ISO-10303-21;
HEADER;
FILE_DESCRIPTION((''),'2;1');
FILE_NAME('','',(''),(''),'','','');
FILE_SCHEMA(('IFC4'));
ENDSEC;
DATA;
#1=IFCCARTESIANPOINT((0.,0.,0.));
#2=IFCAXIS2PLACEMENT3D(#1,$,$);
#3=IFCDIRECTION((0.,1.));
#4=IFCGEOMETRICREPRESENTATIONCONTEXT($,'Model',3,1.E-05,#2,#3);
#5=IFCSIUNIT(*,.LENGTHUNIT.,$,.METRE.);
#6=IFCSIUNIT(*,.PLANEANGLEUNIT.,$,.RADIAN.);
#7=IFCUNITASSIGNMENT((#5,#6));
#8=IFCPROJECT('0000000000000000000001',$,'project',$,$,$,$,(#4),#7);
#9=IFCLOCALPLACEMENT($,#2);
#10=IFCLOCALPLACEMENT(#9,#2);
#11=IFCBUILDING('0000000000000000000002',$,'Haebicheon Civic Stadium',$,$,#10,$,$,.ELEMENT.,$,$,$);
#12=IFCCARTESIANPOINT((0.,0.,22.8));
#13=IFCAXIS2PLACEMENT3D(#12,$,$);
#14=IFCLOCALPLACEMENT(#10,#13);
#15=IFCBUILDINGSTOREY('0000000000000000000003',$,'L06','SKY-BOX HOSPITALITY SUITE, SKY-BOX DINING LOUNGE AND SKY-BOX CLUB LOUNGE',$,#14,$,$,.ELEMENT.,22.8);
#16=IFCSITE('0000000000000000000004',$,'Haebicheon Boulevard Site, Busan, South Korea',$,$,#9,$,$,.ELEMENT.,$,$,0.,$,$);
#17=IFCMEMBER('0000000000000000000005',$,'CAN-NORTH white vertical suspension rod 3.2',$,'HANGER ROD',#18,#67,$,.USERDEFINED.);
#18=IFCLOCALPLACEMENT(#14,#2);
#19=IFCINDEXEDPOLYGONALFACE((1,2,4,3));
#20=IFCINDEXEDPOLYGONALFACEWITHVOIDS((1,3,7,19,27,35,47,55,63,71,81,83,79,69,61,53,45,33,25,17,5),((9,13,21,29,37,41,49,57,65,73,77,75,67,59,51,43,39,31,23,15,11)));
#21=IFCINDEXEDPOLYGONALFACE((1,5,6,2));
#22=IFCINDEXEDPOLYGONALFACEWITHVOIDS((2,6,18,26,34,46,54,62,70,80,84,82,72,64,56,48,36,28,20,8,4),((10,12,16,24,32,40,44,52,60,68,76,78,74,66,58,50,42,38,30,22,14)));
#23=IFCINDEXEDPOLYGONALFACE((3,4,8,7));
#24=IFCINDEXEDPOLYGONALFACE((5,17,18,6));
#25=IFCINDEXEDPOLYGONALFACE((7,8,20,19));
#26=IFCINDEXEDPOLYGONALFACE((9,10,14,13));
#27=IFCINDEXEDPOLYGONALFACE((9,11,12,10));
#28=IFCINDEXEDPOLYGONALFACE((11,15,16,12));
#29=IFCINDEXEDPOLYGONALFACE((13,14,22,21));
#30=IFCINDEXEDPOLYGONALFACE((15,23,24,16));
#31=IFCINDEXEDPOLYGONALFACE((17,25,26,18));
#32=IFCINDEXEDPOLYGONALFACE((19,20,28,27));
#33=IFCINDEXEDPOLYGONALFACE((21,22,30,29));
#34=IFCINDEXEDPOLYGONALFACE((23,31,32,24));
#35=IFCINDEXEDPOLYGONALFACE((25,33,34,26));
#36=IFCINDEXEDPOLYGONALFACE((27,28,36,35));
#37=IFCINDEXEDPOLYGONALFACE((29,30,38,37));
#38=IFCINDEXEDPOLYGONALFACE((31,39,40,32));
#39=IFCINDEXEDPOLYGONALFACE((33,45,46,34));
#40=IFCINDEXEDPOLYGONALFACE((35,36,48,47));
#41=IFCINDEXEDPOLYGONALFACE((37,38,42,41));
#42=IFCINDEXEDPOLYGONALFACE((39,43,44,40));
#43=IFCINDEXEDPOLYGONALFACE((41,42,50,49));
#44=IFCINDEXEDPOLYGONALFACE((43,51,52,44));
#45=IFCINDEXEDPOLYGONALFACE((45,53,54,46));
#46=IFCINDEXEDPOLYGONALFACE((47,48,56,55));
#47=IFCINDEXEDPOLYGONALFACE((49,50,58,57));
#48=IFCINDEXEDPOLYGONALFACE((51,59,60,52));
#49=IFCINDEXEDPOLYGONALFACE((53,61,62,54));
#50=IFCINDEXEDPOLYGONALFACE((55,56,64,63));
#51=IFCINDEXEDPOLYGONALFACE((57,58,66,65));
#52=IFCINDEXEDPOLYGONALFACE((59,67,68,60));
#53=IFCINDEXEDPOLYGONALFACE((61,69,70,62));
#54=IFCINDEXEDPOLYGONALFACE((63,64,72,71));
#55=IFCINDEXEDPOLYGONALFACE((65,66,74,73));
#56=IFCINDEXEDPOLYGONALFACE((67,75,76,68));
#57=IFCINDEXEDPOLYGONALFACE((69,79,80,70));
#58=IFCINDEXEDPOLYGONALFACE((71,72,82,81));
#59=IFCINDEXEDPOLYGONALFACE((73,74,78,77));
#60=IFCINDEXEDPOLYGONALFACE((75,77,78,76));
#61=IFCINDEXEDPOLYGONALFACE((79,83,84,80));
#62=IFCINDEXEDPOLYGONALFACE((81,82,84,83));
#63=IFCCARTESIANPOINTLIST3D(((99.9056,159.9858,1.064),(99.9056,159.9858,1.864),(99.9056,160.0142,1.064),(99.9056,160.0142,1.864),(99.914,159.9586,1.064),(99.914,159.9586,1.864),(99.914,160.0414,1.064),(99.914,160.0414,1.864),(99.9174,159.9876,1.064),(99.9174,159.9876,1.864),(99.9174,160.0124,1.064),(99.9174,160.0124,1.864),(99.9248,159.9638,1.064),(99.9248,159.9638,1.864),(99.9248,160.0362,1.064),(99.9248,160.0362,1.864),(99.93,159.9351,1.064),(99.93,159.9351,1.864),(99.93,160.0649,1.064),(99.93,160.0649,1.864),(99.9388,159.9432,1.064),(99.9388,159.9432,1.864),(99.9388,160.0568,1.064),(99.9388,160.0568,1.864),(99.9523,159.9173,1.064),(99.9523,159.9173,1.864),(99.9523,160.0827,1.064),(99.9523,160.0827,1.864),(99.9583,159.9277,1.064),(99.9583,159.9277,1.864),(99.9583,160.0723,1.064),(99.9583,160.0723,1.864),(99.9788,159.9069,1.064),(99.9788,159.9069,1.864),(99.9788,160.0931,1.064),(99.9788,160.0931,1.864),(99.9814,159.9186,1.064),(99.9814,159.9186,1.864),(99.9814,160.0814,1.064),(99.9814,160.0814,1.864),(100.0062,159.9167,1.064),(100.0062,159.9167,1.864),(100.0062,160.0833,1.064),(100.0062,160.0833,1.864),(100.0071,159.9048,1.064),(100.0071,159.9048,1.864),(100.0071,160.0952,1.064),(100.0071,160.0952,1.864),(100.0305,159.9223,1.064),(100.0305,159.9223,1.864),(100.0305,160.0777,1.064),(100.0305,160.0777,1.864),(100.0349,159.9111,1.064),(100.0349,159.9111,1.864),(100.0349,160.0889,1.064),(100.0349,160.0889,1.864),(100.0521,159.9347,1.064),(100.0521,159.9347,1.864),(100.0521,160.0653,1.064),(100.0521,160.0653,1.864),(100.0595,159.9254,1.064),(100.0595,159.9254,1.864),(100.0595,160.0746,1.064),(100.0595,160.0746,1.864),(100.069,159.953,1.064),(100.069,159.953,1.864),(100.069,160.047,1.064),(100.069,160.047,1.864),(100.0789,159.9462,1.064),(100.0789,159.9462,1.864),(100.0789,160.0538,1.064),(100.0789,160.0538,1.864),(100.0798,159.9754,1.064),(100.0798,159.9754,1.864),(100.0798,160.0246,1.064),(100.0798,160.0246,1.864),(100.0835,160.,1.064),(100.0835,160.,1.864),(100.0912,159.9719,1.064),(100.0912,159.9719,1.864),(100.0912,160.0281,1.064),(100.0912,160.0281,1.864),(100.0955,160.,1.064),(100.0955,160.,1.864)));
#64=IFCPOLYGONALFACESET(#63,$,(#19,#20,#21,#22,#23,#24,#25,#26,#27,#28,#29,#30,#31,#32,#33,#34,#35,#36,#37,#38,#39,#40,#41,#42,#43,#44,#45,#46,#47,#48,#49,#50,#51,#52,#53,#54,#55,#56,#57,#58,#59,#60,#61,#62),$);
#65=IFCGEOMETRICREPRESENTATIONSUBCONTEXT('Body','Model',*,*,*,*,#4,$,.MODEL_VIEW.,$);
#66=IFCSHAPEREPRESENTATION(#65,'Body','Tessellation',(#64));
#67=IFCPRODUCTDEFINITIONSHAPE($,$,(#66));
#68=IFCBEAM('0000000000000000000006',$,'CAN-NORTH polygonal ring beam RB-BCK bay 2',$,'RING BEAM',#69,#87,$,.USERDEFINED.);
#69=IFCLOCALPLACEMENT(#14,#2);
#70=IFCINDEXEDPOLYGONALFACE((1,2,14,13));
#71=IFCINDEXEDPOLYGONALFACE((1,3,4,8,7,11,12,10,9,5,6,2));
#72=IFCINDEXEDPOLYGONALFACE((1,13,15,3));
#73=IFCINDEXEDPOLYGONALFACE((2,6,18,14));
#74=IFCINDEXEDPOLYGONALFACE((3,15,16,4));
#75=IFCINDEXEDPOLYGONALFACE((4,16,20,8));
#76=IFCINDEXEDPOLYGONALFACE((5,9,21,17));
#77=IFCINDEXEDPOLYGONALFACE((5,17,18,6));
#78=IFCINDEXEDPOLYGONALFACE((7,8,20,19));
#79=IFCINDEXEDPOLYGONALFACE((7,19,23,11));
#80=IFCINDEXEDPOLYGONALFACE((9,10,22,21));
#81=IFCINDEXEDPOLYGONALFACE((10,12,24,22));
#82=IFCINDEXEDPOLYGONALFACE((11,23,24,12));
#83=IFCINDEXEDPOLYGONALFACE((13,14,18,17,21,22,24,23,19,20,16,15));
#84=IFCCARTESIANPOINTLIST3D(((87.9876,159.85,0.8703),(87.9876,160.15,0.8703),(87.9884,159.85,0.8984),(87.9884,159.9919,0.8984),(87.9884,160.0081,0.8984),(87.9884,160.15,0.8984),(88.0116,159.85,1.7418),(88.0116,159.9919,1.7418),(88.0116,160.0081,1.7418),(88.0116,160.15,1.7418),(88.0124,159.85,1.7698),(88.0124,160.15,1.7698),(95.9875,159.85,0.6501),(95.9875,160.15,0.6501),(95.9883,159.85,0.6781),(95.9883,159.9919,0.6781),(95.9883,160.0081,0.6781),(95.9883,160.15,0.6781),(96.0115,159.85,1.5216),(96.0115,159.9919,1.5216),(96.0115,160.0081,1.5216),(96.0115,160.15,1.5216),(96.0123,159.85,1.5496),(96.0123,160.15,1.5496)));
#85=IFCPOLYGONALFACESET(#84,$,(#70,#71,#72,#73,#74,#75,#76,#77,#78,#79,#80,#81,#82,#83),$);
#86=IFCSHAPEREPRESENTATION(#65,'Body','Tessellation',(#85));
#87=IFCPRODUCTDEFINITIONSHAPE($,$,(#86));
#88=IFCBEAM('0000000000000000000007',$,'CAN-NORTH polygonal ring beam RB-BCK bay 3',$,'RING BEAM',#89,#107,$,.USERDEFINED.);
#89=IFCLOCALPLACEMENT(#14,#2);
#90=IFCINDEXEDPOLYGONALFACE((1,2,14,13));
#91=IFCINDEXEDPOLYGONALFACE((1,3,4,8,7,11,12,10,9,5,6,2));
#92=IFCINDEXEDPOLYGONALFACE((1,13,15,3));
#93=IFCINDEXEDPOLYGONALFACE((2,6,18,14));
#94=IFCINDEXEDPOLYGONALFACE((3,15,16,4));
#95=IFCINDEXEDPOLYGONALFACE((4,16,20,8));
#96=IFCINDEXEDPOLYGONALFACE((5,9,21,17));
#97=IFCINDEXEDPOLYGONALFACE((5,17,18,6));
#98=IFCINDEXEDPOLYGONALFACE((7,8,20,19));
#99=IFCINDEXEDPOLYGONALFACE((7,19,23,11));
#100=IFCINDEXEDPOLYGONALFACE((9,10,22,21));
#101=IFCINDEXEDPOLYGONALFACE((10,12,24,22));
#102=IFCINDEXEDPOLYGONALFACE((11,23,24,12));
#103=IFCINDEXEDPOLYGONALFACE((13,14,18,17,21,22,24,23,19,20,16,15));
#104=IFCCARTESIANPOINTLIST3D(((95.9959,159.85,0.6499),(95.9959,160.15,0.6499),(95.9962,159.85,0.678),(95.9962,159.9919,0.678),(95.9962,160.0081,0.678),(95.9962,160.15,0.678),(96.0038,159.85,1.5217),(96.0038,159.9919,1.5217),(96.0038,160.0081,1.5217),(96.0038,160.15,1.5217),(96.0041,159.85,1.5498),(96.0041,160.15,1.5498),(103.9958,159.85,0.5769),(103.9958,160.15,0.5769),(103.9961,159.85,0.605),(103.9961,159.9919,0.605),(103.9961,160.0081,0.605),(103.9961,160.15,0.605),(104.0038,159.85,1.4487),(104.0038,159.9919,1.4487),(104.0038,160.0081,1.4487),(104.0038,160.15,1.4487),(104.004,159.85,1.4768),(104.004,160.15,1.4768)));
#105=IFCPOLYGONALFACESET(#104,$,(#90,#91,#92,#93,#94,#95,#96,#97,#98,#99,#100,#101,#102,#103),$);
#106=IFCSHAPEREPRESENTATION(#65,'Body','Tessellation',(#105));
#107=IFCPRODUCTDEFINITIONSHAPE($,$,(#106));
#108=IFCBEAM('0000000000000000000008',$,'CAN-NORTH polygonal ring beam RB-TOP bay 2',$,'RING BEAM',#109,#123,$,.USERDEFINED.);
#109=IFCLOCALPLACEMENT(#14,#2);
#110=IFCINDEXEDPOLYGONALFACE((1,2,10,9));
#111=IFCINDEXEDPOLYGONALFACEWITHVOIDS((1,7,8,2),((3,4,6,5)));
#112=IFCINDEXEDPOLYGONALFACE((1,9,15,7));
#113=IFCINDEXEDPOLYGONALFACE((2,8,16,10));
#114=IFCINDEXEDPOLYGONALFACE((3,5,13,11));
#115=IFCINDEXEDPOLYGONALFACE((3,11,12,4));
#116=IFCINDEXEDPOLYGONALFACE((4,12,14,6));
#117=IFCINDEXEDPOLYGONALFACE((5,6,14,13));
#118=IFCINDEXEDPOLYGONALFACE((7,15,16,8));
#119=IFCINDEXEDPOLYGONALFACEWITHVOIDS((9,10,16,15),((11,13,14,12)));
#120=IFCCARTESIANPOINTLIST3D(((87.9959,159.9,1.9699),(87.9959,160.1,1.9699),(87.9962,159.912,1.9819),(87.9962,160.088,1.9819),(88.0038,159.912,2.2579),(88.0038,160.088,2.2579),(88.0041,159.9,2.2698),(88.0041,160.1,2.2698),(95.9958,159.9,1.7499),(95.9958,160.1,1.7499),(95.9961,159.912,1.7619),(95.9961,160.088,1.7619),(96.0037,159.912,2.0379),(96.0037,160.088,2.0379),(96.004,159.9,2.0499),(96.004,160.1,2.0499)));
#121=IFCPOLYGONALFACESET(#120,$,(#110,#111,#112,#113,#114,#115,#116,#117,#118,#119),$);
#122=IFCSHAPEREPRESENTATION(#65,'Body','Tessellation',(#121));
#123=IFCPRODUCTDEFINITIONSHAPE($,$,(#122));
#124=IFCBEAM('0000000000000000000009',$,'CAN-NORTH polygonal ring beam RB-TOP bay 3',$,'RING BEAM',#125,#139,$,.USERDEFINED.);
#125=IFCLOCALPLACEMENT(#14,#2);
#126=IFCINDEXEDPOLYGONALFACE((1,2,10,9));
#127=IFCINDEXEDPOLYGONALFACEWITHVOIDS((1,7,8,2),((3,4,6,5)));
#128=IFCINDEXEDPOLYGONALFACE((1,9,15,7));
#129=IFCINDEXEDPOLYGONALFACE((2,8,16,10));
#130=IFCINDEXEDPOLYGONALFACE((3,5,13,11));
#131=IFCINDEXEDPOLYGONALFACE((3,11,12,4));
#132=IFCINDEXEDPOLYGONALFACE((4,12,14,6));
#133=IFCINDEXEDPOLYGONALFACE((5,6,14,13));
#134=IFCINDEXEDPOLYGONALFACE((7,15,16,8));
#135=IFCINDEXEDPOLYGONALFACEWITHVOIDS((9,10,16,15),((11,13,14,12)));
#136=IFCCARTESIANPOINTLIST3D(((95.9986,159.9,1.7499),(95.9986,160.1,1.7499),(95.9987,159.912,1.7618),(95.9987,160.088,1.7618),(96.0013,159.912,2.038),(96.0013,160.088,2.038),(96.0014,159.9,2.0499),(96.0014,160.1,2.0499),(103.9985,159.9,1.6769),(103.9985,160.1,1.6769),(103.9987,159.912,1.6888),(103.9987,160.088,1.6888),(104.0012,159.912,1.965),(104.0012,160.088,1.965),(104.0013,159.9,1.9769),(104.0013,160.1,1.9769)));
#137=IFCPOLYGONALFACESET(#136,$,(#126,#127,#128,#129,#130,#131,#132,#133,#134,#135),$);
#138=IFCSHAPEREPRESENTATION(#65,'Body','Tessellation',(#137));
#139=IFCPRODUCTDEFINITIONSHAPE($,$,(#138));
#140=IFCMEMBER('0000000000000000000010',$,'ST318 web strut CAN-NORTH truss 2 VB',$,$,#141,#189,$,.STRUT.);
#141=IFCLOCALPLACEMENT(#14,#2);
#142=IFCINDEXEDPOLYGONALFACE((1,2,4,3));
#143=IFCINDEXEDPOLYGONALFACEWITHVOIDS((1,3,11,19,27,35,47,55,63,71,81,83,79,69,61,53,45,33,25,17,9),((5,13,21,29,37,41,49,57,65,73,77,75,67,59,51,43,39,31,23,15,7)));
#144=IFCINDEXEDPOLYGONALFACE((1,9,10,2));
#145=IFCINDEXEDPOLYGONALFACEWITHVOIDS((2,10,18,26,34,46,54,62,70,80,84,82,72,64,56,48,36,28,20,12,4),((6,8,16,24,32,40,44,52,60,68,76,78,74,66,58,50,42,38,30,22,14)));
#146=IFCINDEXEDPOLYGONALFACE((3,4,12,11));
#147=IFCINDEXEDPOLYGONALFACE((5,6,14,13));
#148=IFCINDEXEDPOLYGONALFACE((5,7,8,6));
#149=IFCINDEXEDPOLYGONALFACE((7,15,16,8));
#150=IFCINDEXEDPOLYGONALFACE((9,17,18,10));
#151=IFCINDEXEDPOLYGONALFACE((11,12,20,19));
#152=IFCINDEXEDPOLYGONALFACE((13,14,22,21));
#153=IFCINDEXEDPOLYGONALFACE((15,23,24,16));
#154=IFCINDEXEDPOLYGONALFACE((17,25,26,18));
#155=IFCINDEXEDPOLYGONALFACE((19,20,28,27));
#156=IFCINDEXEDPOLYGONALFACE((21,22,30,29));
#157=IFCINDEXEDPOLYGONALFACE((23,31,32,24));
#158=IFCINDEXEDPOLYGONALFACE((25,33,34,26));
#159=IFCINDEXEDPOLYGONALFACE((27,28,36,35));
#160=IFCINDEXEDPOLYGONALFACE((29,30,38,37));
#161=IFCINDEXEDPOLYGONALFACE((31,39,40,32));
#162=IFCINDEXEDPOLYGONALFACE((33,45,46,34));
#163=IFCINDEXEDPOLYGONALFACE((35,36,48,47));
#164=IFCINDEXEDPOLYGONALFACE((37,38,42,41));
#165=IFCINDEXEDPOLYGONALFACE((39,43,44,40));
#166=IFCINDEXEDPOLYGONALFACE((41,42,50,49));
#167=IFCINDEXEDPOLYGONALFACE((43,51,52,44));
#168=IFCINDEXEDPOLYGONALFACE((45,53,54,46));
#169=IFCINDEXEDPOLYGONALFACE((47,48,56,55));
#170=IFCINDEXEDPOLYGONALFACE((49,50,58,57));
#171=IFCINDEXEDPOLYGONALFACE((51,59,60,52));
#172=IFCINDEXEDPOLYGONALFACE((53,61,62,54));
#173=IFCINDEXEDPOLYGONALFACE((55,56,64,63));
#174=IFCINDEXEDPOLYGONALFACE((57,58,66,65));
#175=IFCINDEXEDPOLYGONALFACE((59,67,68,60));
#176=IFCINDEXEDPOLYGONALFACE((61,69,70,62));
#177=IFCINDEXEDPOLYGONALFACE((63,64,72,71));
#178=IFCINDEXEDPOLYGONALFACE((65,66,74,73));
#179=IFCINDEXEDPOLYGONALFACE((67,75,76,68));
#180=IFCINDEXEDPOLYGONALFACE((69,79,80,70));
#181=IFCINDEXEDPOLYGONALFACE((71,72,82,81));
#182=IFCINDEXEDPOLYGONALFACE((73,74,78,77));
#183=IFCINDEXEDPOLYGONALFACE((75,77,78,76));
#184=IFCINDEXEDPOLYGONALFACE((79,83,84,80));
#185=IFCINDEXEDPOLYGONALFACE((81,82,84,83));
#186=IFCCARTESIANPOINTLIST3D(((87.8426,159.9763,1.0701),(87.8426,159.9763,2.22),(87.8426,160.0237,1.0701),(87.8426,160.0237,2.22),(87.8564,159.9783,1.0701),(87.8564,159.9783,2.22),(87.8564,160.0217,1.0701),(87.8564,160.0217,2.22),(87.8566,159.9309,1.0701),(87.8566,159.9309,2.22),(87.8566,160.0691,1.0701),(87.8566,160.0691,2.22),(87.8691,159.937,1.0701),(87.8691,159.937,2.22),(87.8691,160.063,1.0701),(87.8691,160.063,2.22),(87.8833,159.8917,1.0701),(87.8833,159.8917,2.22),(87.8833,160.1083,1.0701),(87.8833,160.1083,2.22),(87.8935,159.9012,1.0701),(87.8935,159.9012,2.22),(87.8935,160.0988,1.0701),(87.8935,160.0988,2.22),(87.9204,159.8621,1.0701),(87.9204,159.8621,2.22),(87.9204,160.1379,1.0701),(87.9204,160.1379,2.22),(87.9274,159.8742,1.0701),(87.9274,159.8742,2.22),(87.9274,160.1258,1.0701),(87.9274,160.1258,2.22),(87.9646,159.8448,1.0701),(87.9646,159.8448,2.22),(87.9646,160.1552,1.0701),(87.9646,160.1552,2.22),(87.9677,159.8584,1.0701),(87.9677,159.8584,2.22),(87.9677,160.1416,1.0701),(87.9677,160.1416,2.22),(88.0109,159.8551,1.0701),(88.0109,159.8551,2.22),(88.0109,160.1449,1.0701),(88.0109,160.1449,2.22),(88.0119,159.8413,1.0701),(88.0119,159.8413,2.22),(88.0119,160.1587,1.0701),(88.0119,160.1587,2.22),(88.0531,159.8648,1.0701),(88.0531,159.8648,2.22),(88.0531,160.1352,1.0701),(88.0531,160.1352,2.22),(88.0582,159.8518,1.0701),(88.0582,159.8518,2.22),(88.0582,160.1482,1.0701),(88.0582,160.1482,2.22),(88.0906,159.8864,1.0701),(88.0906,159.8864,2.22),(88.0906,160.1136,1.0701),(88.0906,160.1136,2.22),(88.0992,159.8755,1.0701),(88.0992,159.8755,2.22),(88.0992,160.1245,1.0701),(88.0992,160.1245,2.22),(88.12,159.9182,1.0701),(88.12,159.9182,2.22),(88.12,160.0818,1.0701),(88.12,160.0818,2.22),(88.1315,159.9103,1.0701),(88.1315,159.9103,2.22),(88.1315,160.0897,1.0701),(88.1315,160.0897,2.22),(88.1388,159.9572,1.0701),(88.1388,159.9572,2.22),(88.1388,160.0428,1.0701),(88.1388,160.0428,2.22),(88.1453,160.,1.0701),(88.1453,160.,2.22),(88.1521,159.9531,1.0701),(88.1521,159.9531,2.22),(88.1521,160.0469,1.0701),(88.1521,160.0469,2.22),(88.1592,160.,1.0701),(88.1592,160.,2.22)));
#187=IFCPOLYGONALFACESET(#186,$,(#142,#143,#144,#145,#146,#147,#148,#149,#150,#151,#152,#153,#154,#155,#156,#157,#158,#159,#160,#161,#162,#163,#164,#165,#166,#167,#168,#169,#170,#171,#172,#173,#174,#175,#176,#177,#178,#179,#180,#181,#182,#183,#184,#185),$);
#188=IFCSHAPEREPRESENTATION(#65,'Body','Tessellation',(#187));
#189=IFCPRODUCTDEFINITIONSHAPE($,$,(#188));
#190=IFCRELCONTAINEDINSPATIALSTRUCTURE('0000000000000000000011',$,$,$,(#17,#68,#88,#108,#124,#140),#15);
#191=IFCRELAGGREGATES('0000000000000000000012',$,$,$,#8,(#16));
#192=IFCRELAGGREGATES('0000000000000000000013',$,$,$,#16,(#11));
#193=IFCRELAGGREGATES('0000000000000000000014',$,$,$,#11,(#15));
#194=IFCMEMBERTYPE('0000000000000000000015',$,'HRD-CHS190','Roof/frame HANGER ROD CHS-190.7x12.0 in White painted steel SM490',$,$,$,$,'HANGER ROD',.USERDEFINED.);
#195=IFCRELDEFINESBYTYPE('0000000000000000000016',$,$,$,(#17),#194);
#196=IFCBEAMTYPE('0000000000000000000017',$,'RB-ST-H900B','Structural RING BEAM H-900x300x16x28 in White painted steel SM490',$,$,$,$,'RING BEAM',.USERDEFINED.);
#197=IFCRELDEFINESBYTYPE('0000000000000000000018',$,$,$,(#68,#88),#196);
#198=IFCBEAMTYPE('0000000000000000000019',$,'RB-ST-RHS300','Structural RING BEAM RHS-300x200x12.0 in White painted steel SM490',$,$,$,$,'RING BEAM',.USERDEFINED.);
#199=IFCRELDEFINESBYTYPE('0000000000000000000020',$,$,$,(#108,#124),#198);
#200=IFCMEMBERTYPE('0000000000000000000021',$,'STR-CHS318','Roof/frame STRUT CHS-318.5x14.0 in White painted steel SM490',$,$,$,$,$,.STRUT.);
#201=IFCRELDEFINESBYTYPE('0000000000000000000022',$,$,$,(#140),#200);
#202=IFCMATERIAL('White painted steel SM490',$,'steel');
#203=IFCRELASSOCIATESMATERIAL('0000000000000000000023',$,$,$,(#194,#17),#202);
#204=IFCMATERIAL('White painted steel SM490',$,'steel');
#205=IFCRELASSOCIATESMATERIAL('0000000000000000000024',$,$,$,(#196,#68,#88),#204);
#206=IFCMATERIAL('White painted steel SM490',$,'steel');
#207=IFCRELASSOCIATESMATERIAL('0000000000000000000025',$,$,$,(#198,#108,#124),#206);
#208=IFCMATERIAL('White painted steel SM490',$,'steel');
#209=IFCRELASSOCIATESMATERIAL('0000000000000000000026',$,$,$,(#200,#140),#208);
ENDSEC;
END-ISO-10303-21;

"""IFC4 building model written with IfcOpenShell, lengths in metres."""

from ifc_helpers import new_model, si_unit, direction, frame, origin, origin_2d, place, context, subcontext, project, spatial, hollow_rectangle, hollow_circle, i_section, extrude, material, material_profile, profile_set, type_object, element, save


model = new_model("IFC4")

# Units and contexts
model_context = context("Model", 3, precision=1e-05, world=origin(), true_north=direction((0.0, 1.0)))
body_context = subcontext(model_context, "Body", "Model", "MODEL_VIEW")
ifc_project = project(units=[si_unit("LENGTHUNIT", "METRE"), si_unit("PLANEANGLEUNIT", "RADIAN")], contexts=[model_context])

# Site, building, storey
site_placement = place(None, origin())
site = spatial("IfcSite", under=ifc_project, at=site_placement, Name="Haebicheon Boulevard Site, Busan, South Korea", CompositionType="ELEMENT", RefElevation=0.0)
building_placement = place(site_placement, origin())
building = spatial("IfcBuilding", under=site, at=building_placement, Name="Haebicheon Civic Stadium", CompositionType="ELEMENT")
storey_placement = place(building_placement, frame((0.0, 0.0, 22.8)))
storey = spatial("IfcBuildingStorey", under=building, at=storey_placement, Name="L06", Description="SKY-BOX HOSPITALITY SUITE, SKY-BOX DINING LOUNGE AND SKY-BOX CLUB LOUNGE", CompositionType="ELEMENT", Elevation=22.8)

# Member
ifc_material_1 = material(Name="White painted steel SM490", Category="steel")
ifc_material_profile_1 = material_profile(ifc_material_1, hollow_circle(Radius=0.0955, WallThickness=0.012, at=origin_2d()), Name="CHS-190.7x12.0")
ifc_profile_set_1 = profile_set([ifc_material_profile_1], Name="White painted steel SM490")
member_type_1 = type_object("IfcMemberType", Name="HRD-CHS190", Description="Roof/frame HANGER ROD CHS-190.7x12.0 in White painted steel SM490", ElementType="HANGER ROD", PredefinedType="USERDEFINED", material=ifc_profile_set_1)
member_1_placement = place(storey_placement, frame((100.0, 160.0, 1.064), z_axis=(0.0, 0.0, 1.0), x_axis=(1.0, 0.0, 0.0)))
element("IfcMember", 1, at=member_1_placement, inside=storey, type_object=member_type_1, material=ifc_profile_set_1, Name="CAN-NORTH white vertical suspension rod 3.2", ObjectType="HANGER ROD", PredefinedType="USERDEFINED", context=body_context, shape_type="SweptSolid", body=[
    extrude(hollow_circle(Radius=0.0955, WallThickness=0.012, at=origin_2d()), origin(), (0.0, 0.0, 1.0), 0.8),
])

# Beams
ifc_material_2 = material(Name="White painted steel SM490", Category="steel")
ifc_material_profile_2 = material_profile(ifc_material_2, i_section(OverallWidth=0.3, OverallDepth=0.8999, WebThickness=0.0161, FlangeThickness=0.0281, at=origin_2d()), Name="H-900x300x16x28")
ifc_profile_set_2 = profile_set([ifc_material_profile_2], Name="White painted steel SM490")
beam_type_1 = type_object("IfcBeamType", Name="RB-ST-H900B", Description="Structural RING BEAM H-900x300x16x28 in White painted steel SM490", ElementType="RING BEAM", PredefinedType="USERDEFINED", material=ifc_profile_set_2)
beam_1_placement = place(storey_placement, frame((88.0, 160.0, 1.3201), z_axis=(0.999621, 0.0, -0.027516), x_axis=(0.0, 1.0, 0.0)))
element("IfcBeam", 2, at=beam_1_placement, inside=storey, type_object=beam_type_1, material=ifc_profile_set_2, Name="CAN-NORTH polygonal ring beam RB-BCK bay 2", ObjectType="RING BEAM", PredefinedType="USERDEFINED", context=body_context, shape_type="SweptSolid", body=[
    extrude(i_section(OverallWidth=0.3, OverallDepth=0.8999, WebThickness=0.0161, FlangeThickness=0.0281, at=origin_2d()), origin(), (0.0, 0.0, 1.0), 8.0029),
])
beam_2_placement = place(storey_placement, frame((96.0, 160.0, 1.0999), z_axis=(0.999958, 0.0, -0.009124), x_axis=(0.0, 1.0, 0.0)))
element("IfcBeam", 3, at=beam_2_placement, inside=storey, type_object=beam_type_1, material=ifc_profile_set_2, Name="CAN-NORTH polygonal ring beam RB-BCK bay 3", ObjectType="RING BEAM", PredefinedType="USERDEFINED", context=body_context, shape_type="SweptSolid", body=[
    extrude(i_section(OverallWidth=0.3, OverallDepth=0.8999, WebThickness=0.0161, FlangeThickness=0.0281, at=origin_2d()), origin(), (0.0, 0.0, 1.0), 8.0002),
])
ifc_material_3 = material(Name="White painted steel SM490", Category="steel")
ifc_material_profile_3 = material_profile(ifc_material_3, hollow_rectangle(XDim=0.2, YDim=0.3, WallThickness=0.012, at=origin_2d()), Name="RHS-300x200x12.0")
ifc_profile_set_3 = profile_set([ifc_material_profile_3], Name="White painted steel SM490")
beam_type_2 = type_object("IfcBeamType", Name="RB-ST-RHS300", Description="Structural RING BEAM RHS-300x200x12.0 in White painted steel SM490", ElementType="RING BEAM", PredefinedType="USERDEFINED", material=ifc_profile_set_3)
beam_3_placement = place(storey_placement, frame((88.0, 160.0, 2.1199), z_axis=(0.999622, 0.0, -0.027486), x_axis=(0.0, 1.0, 0.0)))
element("IfcBeam", 4, at=beam_3_placement, inside=storey, type_object=beam_type_2, material=ifc_profile_set_3, Name="CAN-NORTH polygonal ring beam RB-TOP bay 2", ObjectType="RING BEAM", PredefinedType="USERDEFINED", context=body_context, shape_type="SweptSolid", body=[
    extrude(hollow_rectangle(XDim=0.2, YDim=0.3, WallThickness=0.012, at=origin_2d()), origin(), (0.0, 0.0, 1.0), 8.0029),
])
beam_4_placement = place(storey_placement, frame((96.0, 160.0, 1.8999), z_axis=(0.999958, 0.0, -0.009124), x_axis=(0.0, 1.0, 0.0)))
element("IfcBeam", 5, at=beam_4_placement, inside=storey, type_object=beam_type_2, material=ifc_profile_set_3, Name="CAN-NORTH polygonal ring beam RB-TOP bay 3", ObjectType="RING BEAM", PredefinedType="USERDEFINED", context=body_context, shape_type="SweptSolid", body=[
    extrude(hollow_rectangle(XDim=0.2, YDim=0.3, WallThickness=0.012, at=origin_2d()), origin(), (0.0, 0.0, 1.0), 8.0002),
])

# Member
ifc_material_4 = material(Name="White painted steel SM490", Category="steel")
ifc_material_profile_4 = material_profile(ifc_material_4, hollow_circle(Radius=0.1592, WallThickness=0.0139, at=origin_2d()), Name="CHS-318.5x14.0")
ifc_profile_set_4 = profile_set([ifc_material_profile_4], Name="White painted steel SM490")
member_type_2 = type_object("IfcMemberType", Name="STR-CHS318", Description="Roof/frame STRUT CHS-318.5x14.0 in White painted steel SM490", PredefinedType="STRUT", material=ifc_profile_set_4)
member_2_placement = place(storey_placement, frame((88.0, 160.0, 1.0701), z_axis=(0.0, 0.0, 1.0), x_axis=(1.0, 0.0, 0.0)))
element("IfcMember", 6, at=member_2_placement, inside=storey, type_object=member_type_2, material=ifc_profile_set_4, Name="ST318 web strut CAN-NORTH truss 2 VB", PredefinedType="STRUT", context=body_context, shape_type="SweptSolid", body=[
    extrude(hollow_circle(Radius=0.1592, WallThickness=0.0139, at=origin_2d()), origin(), (0.0, 0.0, 1.0), 1.1499),
])

save(model, "model.ifc")
